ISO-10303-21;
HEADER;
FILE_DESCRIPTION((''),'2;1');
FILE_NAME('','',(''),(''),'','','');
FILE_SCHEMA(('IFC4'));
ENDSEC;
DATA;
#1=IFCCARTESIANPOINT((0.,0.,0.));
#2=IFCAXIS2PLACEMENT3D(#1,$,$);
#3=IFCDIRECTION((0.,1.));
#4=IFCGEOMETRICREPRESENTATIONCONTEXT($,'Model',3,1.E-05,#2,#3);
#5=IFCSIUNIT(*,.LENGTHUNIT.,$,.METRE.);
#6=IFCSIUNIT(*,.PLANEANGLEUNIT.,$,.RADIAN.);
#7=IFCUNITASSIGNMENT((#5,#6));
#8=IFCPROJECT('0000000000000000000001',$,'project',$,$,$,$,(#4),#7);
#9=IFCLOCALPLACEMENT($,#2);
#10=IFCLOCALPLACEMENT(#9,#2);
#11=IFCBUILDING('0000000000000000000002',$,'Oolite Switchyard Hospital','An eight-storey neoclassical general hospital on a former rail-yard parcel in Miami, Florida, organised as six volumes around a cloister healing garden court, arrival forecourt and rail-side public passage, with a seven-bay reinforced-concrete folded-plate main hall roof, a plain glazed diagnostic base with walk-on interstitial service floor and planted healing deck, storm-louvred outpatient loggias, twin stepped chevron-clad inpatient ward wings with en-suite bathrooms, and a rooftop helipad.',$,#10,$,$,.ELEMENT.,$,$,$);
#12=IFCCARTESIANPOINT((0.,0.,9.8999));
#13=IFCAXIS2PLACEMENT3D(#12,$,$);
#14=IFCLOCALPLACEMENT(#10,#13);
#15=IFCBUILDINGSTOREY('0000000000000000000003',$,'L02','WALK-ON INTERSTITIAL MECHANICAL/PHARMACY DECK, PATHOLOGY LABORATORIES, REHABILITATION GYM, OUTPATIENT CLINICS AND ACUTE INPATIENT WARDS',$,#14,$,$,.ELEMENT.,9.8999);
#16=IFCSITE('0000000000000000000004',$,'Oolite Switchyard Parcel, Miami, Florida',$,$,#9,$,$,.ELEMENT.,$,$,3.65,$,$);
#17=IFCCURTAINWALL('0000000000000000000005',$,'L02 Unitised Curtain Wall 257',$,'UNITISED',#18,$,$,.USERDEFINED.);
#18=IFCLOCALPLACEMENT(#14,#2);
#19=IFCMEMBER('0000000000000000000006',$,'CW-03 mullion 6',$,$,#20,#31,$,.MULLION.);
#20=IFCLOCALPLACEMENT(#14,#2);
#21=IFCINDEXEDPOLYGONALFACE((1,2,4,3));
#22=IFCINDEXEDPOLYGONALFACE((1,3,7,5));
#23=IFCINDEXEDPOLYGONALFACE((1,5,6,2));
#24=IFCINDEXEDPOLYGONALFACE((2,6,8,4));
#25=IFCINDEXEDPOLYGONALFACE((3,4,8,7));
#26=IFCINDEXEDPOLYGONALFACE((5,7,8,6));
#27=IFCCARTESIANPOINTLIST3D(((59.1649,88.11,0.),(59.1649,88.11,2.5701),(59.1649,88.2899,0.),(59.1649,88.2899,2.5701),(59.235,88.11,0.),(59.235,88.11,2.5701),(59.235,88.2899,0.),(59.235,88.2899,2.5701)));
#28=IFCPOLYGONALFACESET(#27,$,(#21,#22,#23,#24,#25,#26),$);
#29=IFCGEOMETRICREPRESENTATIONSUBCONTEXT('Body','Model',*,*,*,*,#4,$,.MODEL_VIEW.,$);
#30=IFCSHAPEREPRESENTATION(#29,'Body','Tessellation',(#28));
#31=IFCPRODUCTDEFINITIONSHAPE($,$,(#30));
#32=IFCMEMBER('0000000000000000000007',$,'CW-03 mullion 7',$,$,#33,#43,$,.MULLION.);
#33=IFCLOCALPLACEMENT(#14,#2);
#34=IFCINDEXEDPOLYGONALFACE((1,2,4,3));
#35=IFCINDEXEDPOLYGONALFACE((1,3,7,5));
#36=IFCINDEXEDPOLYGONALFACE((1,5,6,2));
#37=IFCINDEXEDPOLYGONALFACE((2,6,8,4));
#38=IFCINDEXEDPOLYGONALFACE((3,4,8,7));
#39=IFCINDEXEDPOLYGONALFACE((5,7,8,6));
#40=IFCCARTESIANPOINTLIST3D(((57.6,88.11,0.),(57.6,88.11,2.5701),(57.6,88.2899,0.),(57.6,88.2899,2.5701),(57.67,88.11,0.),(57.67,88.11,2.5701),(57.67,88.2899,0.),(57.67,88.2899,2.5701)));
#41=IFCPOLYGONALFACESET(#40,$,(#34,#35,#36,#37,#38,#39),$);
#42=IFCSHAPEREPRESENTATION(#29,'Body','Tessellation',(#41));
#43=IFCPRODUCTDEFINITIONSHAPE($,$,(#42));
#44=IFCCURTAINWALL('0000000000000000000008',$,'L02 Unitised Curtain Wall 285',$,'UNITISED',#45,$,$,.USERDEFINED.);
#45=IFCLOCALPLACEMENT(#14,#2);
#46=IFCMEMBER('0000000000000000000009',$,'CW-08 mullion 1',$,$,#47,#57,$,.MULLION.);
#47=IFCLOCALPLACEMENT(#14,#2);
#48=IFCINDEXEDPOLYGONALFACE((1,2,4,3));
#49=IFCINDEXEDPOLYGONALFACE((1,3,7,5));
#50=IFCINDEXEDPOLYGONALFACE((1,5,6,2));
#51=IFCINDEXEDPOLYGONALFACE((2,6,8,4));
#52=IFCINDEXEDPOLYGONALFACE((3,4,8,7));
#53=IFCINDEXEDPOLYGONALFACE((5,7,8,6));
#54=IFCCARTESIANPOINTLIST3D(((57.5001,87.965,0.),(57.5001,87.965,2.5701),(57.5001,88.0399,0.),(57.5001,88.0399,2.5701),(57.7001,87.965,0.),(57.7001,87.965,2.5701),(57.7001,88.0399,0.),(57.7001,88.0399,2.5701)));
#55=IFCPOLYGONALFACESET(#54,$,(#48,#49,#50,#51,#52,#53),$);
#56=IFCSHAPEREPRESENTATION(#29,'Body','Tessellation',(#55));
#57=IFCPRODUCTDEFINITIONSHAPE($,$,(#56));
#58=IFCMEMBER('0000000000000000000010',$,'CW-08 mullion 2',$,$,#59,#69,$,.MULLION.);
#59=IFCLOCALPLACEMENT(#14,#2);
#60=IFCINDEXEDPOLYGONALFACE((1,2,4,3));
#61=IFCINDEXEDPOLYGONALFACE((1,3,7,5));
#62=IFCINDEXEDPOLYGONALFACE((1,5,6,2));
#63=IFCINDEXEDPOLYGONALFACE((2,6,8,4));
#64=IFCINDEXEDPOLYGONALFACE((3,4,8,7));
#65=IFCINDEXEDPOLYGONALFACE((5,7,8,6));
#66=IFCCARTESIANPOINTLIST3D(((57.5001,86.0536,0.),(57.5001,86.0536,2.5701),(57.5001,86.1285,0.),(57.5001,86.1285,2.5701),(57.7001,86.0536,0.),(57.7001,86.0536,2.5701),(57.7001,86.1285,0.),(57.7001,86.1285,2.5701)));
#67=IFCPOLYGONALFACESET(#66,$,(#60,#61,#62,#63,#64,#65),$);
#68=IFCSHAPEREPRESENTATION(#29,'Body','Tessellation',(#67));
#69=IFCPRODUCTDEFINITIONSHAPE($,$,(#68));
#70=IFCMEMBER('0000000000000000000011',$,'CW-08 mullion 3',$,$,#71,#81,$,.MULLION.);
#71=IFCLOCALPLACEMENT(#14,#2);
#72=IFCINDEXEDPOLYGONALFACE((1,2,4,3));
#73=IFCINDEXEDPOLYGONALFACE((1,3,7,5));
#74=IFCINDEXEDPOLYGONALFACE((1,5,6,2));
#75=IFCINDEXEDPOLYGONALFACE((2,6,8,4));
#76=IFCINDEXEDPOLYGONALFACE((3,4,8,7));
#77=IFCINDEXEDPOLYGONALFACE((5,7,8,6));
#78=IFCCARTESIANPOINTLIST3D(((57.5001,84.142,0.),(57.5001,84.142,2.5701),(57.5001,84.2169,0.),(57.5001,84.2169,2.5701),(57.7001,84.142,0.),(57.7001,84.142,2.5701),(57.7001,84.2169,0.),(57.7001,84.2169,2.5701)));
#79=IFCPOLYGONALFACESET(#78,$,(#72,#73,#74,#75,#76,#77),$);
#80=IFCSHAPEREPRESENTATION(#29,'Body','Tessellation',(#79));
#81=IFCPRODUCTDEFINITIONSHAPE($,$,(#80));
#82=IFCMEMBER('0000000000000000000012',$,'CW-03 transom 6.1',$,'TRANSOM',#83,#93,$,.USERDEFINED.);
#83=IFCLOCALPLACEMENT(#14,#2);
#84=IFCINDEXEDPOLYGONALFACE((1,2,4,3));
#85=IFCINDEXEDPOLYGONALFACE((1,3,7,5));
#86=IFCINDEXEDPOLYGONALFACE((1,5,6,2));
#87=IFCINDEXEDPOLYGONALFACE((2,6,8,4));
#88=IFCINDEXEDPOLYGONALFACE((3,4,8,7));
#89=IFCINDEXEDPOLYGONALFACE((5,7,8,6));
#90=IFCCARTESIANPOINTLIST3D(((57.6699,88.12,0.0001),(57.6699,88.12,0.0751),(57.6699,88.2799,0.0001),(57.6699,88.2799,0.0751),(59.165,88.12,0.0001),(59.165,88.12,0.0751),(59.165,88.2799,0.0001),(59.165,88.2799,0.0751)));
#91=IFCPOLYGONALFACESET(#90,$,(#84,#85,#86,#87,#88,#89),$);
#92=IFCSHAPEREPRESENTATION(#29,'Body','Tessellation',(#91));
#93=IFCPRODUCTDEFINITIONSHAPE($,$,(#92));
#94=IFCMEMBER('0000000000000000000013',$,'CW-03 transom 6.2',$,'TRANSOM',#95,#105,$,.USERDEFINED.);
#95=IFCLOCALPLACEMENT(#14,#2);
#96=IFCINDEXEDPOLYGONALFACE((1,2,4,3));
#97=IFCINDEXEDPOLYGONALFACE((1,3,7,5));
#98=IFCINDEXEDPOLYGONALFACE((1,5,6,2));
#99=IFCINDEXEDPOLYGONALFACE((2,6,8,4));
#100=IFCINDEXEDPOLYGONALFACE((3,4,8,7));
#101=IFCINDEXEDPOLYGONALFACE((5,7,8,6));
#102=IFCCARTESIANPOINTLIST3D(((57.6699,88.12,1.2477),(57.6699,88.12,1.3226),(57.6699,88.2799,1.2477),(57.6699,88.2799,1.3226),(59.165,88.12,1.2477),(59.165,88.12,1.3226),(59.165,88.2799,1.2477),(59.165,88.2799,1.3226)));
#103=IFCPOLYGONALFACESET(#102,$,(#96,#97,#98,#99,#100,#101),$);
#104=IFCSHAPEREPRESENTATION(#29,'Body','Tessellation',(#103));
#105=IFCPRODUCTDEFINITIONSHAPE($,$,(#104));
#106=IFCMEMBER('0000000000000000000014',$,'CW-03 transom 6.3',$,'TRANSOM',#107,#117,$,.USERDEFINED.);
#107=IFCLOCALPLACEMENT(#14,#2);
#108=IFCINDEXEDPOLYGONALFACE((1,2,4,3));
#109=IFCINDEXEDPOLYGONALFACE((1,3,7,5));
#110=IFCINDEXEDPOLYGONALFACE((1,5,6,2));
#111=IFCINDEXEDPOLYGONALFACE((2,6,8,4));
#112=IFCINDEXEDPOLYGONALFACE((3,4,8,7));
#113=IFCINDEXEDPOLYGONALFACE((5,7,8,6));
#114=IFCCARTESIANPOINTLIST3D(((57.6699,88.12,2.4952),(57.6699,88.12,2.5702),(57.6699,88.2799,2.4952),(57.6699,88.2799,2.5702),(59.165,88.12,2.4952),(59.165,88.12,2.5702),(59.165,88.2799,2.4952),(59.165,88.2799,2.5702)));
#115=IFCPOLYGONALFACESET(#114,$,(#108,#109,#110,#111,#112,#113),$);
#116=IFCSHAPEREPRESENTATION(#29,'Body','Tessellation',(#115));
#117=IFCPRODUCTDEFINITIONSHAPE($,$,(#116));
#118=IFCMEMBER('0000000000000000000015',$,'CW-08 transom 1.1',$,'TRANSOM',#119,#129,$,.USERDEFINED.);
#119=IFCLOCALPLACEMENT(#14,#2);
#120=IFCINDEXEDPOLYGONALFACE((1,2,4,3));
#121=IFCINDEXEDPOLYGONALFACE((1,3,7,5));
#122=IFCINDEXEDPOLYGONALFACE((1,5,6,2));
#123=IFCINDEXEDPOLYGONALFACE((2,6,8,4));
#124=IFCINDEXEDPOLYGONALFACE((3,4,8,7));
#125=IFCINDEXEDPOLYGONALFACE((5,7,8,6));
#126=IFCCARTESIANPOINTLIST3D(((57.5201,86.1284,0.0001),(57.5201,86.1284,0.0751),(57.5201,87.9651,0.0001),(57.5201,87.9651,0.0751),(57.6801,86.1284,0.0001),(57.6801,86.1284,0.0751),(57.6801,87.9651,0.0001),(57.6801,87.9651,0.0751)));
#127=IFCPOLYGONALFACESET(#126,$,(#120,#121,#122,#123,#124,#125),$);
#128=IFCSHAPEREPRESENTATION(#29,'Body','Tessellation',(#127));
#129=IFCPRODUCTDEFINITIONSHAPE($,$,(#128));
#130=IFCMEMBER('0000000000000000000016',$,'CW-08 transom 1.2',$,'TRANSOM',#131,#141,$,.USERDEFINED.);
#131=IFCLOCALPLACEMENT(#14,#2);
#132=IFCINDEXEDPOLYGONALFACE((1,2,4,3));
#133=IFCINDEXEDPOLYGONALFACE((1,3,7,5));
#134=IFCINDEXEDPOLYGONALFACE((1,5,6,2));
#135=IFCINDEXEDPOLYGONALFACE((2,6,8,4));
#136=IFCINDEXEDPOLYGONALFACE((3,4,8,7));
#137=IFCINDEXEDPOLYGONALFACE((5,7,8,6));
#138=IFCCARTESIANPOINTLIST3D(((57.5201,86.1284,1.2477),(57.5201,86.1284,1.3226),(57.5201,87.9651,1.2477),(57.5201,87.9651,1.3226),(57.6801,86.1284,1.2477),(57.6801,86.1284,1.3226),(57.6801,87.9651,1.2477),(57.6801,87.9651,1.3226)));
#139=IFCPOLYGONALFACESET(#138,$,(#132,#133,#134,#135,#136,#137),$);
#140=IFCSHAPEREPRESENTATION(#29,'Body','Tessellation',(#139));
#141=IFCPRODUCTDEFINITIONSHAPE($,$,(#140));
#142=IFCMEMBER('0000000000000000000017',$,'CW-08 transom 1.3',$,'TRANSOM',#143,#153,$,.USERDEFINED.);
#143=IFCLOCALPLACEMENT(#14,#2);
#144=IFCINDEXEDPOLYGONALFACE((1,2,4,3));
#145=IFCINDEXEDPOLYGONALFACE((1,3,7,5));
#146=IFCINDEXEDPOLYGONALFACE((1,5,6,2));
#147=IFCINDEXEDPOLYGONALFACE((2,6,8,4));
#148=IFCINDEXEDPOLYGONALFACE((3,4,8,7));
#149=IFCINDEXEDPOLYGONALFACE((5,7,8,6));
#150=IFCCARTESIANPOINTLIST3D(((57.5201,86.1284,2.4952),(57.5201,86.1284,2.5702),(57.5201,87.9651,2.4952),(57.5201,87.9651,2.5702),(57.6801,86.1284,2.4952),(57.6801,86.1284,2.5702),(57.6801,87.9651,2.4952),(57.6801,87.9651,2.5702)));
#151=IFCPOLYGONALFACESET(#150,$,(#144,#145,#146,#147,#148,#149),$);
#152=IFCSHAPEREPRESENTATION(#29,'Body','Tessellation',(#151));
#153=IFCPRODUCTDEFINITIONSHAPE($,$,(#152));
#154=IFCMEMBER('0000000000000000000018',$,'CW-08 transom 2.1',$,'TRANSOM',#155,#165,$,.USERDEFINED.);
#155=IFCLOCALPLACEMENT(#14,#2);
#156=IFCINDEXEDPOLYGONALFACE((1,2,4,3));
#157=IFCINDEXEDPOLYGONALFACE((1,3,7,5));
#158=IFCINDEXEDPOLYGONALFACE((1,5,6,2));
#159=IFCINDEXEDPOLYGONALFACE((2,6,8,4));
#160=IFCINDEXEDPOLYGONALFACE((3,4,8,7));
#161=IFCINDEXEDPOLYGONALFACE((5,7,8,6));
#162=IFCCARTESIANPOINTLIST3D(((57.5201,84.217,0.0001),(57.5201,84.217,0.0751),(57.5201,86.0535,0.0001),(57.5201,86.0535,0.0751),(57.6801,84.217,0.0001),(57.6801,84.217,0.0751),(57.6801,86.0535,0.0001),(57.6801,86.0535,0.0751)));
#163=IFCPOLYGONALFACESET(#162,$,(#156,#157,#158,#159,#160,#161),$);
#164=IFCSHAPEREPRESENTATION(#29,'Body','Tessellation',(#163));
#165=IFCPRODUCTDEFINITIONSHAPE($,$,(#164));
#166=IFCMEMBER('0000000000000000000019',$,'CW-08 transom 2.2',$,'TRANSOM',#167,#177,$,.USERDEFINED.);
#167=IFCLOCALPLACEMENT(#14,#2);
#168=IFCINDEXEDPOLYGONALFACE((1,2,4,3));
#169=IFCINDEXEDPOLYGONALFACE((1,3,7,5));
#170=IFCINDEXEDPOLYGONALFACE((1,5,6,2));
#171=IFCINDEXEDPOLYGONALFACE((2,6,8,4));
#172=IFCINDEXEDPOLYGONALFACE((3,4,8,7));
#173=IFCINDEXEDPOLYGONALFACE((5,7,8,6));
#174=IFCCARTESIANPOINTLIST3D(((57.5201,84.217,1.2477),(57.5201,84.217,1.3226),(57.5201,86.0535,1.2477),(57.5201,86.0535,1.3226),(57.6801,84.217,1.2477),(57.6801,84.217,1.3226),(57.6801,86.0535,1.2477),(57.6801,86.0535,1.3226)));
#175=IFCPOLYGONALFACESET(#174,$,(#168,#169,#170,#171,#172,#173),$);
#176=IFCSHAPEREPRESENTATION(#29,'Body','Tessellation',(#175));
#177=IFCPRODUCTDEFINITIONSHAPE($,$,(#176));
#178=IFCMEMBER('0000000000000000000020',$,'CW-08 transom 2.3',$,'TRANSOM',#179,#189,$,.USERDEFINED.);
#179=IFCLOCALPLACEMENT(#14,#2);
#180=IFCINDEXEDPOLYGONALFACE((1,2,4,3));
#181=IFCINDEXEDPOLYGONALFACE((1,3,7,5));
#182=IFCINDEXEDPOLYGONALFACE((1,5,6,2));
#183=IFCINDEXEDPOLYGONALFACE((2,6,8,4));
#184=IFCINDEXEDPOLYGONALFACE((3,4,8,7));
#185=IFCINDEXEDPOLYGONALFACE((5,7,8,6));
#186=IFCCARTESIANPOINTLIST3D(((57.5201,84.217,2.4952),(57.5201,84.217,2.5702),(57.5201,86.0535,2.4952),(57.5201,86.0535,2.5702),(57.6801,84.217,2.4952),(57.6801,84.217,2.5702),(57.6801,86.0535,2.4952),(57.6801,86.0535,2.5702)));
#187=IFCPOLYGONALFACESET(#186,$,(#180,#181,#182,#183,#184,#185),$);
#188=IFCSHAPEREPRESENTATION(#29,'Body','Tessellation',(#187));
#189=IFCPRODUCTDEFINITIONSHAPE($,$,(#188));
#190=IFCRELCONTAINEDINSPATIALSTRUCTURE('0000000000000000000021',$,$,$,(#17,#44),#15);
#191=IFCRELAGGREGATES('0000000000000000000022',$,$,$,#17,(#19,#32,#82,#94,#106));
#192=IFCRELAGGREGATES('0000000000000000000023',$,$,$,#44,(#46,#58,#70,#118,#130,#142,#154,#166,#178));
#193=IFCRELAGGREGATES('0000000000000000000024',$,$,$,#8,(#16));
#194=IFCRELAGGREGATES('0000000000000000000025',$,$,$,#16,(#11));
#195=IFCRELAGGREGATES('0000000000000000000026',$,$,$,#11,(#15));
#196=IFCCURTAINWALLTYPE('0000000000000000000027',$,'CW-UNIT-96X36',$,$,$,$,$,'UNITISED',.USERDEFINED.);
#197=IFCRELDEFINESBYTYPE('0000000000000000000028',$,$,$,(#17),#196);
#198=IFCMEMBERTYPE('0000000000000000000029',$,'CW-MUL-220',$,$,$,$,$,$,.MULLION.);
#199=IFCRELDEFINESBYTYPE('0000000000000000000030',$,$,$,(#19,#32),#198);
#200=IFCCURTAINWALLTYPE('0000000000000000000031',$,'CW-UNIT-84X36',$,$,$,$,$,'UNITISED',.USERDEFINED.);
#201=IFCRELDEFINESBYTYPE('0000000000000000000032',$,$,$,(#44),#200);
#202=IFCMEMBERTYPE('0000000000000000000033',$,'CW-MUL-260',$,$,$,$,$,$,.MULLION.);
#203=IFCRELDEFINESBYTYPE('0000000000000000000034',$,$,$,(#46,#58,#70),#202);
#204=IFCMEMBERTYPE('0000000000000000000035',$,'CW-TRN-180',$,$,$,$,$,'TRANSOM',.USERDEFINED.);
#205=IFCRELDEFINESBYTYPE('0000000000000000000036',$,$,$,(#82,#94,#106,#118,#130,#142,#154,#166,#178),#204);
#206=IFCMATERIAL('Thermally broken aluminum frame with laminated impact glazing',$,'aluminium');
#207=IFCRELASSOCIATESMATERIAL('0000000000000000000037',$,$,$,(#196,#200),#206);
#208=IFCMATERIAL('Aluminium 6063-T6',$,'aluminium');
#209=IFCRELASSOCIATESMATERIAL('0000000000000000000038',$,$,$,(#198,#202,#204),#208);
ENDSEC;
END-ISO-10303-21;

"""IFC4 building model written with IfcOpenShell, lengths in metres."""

from ifc_helpers import new_model, si_unit, direction, frame, origin, origin_2d, place, context, subcontext, project, spatial, rectangle, extrude, material, material_profile, profile_set, type_object, element, aggregate, save


model = new_model("IFC4")

# Units and contexts
model_context = context("Model", 3, precision=1e-05, world=origin(), true_north=direction((0.0, 1.0)))
body_context = subcontext(model_context, "Body", "Model", "MODEL_VIEW")
ifc_project = project(units=[si_unit("LENGTHUNIT", "METRE"), si_unit("PLANEANGLEUNIT", "RADIAN")], contexts=[model_context])

# Site, building, storey
site_placement = place(None, origin())
site = spatial("IfcSite", under=ifc_project, at=site_placement, Name="Oolite Switchyard Parcel, Miami, Florida", CompositionType="ELEMENT", RefElevation=3.65)
building_placement = place(site_placement, origin())
building = spatial("IfcBuilding", under=site, at=building_placement, Name="Oolite Switchyard Hospital", Description="An eight-storey neoclassical general hospital on a former rail-yard parcel in Miami, Florida, organised as six volumes around a cloister healing garden court, arrival forecourt and rail-side public passage, with a seven-bay reinforced-concrete folded-plate main hall roof, a plain glazed diagnostic base with walk-on interstitial service floor and planted healing deck, storm-louvred outpatient loggias, twin stepped chevron-clad inpatient ward wings with en-suite bathrooms, and a rooftop helipad.", CompositionType="ELEMENT")
storey_placement = place(building_placement, frame((0.0, 0.0, 9.8999)))
storey = spatial("IfcBuildingStorey", under=building, at=storey_placement, Name="L02", Description="WALK-ON INTERSTITIAL MECHANICAL/PHARMACY DECK, PATHOLOGY LABORATORIES, REHABILITATION GYM, OUTPATIENT CLINICS AND ACUTE INPATIENT WARDS", CompositionType="ELEMENT", Elevation=9.8999)

# Curtain walls, members
ifc_material_1 = material(Name="Thermally broken aluminum frame with laminated impact glazing", Category="aluminium")
curtain_wall_type_1 = type_object("IfcCurtainWallType", Name="CW-UNIT-96X36", ElementType="UNITISED", PredefinedType="USERDEFINED", material=ifc_material_1)
curtain_wall_1_placement = place(storey_placement, origin())
curtain_wall_1 = element("IfcCurtainWall", 1, at=curtain_wall_1_placement, inside=storey, type_object=curtain_wall_type_1, Name="L02 Unitised Curtain Wall 257", ObjectType="UNITISED", PredefinedType="USERDEFINED")
ifc_material_2 = material(Name="Aluminium 6063-T6", Category="aluminium")
ifc_material_profile_1 = material_profile(ifc_material_2, rectangle(XDim=0.1799, YDim=0.0701, at=origin_2d()), Name="CWM70X180")
ifc_profile_set_1 = profile_set([ifc_material_profile_1], Name="Aluminium 6063-T6")
member_type_1 = type_object("IfcMemberType", Name="CW-MUL-220", PredefinedType="MULLION", material=ifc_profile_set_1)
member_1_placement = place(storey_placement, frame((59.2, 88.2, 0.0), z_axis=(0.0, 0.0, 1.0), x_axis=(0.0, -1.0, 0.0)))
member_1 = element("IfcMember", 2, at=member_1_placement, type_object=member_type_1, Name="CW-03 mullion 6", PredefinedType="MULLION", context=body_context, shape_type="SweptSolid", body=[
    extrude(rectangle(XDim=0.1799, YDim=0.0701, at=origin_2d()), origin(), (0.0, 0.0, 1.0), 2.5701),
])
member_2_placement = place(storey_placement, frame((57.635, 88.2, 0.0), z_axis=(0.0, 0.0, 1.0), x_axis=(0.0, -1.0, 0.0)))
member_2 = element("IfcMember", 3, at=member_2_placement, type_object=member_type_1, Name="CW-03 mullion 7", PredefinedType="MULLION", context=body_context, shape_type="SweptSolid", body=[
    extrude(rectangle(XDim=0.1799, YDim=0.0701, at=origin_2d()), origin(), (0.0, 0.0, 1.0), 2.5701),
])
curtain_wall_type_2 = type_object("IfcCurtainWallType", Name="CW-UNIT-84X36", ElementType="UNITISED", PredefinedType="USERDEFINED", material=ifc_material_1)
curtain_wall_2_placement = place(storey_placement, origin())
curtain_wall_2 = element("IfcCurtainWall", 4, at=curtain_wall_2_placement, inside=storey, type_object=curtain_wall_type_2, Name="L02 Unitised Curtain Wall 285", ObjectType="UNITISED", PredefinedType="USERDEFINED")
ifc_material_profile_2 = material_profile(ifc_material_2, rectangle(XDim=0.2, YDim=0.075, at=origin_2d()), Name="CWM75X200")
ifc_profile_set_2 = profile_set([ifc_material_profile_2], Name="Aluminium 6063-T6")
member_type_2 = type_object("IfcMemberType", Name="CW-MUL-260", PredefinedType="MULLION", material=ifc_profile_set_2)
member_3_placement = place(storey_placement, frame((57.6001, 88.0024, 0.0), z_axis=(0.0, 0.0, 1.0), x_axis=(1.0, 0.0, 0.0)))
member_3 = element("IfcMember", 5, at=member_3_placement, type_object=member_type_2, Name="CW-08 mullion 1", PredefinedType="MULLION", context=body_context, shape_type="SweptSolid", body=[
    extrude(rectangle(XDim=0.2, YDim=0.075, at=origin_2d()), origin(), (0.0, 0.0, 1.0), 2.5701),
])
member_4_placement = place(storey_placement, frame((57.6001, 86.0911, 0.0), z_axis=(0.0, 0.0, 1.0), x_axis=(1.0, 0.0, 0.0)))
member_4 = element("IfcMember", 6, at=member_4_placement, type_object=member_type_2, Name="CW-08 mullion 2", PredefinedType="MULLION", context=body_context, shape_type="SweptSolid", body=[
    extrude(rectangle(XDim=0.2, YDim=0.075, at=origin_2d()), origin(), (0.0, 0.0, 1.0), 2.5701),
])
member_5_placement = place(storey_placement, frame((57.6001, 84.1794, 0.0), z_axis=(0.0, 0.0, 1.0), x_axis=(1.0, 0.0, 0.0)))
member_5 = element("IfcMember", 7, at=member_5_placement, type_object=member_type_2, Name="CW-08 mullion 3", PredefinedType="MULLION", context=body_context, shape_type="SweptSolid", body=[
    extrude(rectangle(XDim=0.2, YDim=0.075, at=origin_2d()), origin(), (0.0, 0.0, 1.0), 2.5701),
])

# Members
ifc_material_profile_3 = material_profile(ifc_material_2, rectangle(XDim=0.1599, YDim=0.075, at=origin_2d()), Name="CWT75X160")
ifc_profile_set_3 = profile_set([ifc_material_profile_3], Name="Aluminium 6063-T6")
member_type_3 = type_object("IfcMemberType", Name="CW-TRN-180", ElementType="TRANSOM", PredefinedType="USERDEFINED", material=ifc_profile_set_3)
member_6_placement = place(storey_placement, frame((59.165, 88.2, 0.0376), z_axis=(-1.0, 0.0, 0.0), x_axis=(0.0, -1.0, 0.0)))
member_6 = element("IfcMember", 8, at=member_6_placement, type_object=member_type_3, Name="CW-03 transom 6.1", ObjectType="TRANSOM", PredefinedType="USERDEFINED", context=body_context, shape_type="SweptSolid", body=[
    extrude(rectangle(XDim=0.1599, YDim=0.075, at=origin_2d()), origin(), (0.0, 0.0, 1.0), 1.4951),
])
member_7_placement = place(storey_placement, frame((59.165, 88.2, 1.2852), z_axis=(-1.0, 0.0, 0.0), x_axis=(0.0, -1.0, 0.0)))
member_7 = element("IfcMember", 9, at=member_7_placement, type_object=member_type_3, Name="CW-03 transom 6.2", ObjectType="TRANSOM", PredefinedType="USERDEFINED", context=body_context, shape_type="SweptSolid", body=[
    extrude(rectangle(XDim=0.1599, YDim=0.075, at=origin_2d()), origin(), (0.0, 0.0, 1.0), 1.4951),
])
member_8_placement = place(storey_placement, frame((59.165, 88.2, 2.5327), z_axis=(-1.0, 0.0, 0.0), x_axis=(0.0, -1.0, 0.0)))
member_8 = element("IfcMember", 10, at=member_8_placement, type_object=member_type_3, Name="CW-03 transom 6.3", ObjectType="TRANSOM", PredefinedType="USERDEFINED", context=body_context, shape_type="SweptSolid", body=[
    extrude(rectangle(XDim=0.1599, YDim=0.075, at=origin_2d()), origin(), (0.0, 0.0, 1.0), 1.4951),
])
member_9_placement = place(storey_placement, frame((57.6001, 87.9651, 0.0376), z_axis=(0.0, -1.0, 0.0), x_axis=(1.0, 0.0, 0.0)))
member_9 = element("IfcMember", 11, at=member_9_placement, type_object=member_type_3, Name="CW-08 transom 1.1", ObjectType="TRANSOM", PredefinedType="USERDEFINED", context=body_context, shape_type="SweptSolid", body=[
    extrude(rectangle(XDim=0.1599, YDim=0.075, at=origin_2d()), origin(), (0.0, 0.0, 1.0), 1.8367),
])
member_10_placement = place(storey_placement, frame((57.6001, 87.9651, 1.2852), z_axis=(0.0, -1.0, 0.0), x_axis=(1.0, 0.0, 0.0)))
member_10 = element("IfcMember", 12, at=member_10_placement, type_object=member_type_3, Name="CW-08 transom 1.2", ObjectType="TRANSOM", PredefinedType="USERDEFINED", context=body_context, shape_type="SweptSolid", body=[
    extrude(rectangle(XDim=0.1599, YDim=0.075, at=origin_2d()), origin(), (0.0, 0.0, 1.0), 1.8367),
])
member_11_placement = place(storey_placement, frame((57.6001, 87.9651, 2.5327), z_axis=(0.0, -1.0, 0.0), x_axis=(1.0, 0.0, 0.0)))
member_11 = element("IfcMember", 13, at=member_11_placement, type_object=member_type_3, Name="CW-08 transom 1.3", ObjectType="TRANSOM", PredefinedType="USERDEFINED", context=body_context, shape_type="SweptSolid", body=[
    extrude(rectangle(XDim=0.1599, YDim=0.075, at=origin_2d()), origin(), (0.0, 0.0, 1.0), 1.8367),
])
member_12_placement = place(storey_placement, frame((57.6001, 86.0535, 0.0376), z_axis=(0.0, -1.0, 0.0), x_axis=(1.0, 0.0, 0.0)))
member_12 = element("IfcMember", 14, at=member_12_placement, type_object=member_type_3, Name="CW-08 transom 2.1", ObjectType="TRANSOM", PredefinedType="USERDEFINED", context=body_context, shape_type="SweptSolid", body=[
    extrude(rectangle(XDim=0.1599, YDim=0.075, at=origin_2d()), origin(), (0.0, 0.0, 1.0), 1.8364),
])
member_13_placement = place(storey_placement, frame((57.6001, 86.0535, 1.2852), z_axis=(0.0, -1.0, 0.0), x_axis=(1.0, 0.0, 0.0)))
member_13 = element("IfcMember", 15, at=member_13_placement, type_object=member_type_3, Name="CW-08 transom 2.2", ObjectType="TRANSOM", PredefinedType="USERDEFINED", context=body_context, shape_type="SweptSolid", body=[
    extrude(rectangle(XDim=0.1599, YDim=0.075, at=origin_2d()), origin(), (0.0, 0.0, 1.0), 1.8364),
])
member_14_placement = place(storey_placement, frame((57.6001, 86.0535, 2.5327), z_axis=(0.0, -1.0, 0.0), x_axis=(1.0, 0.0, 0.0)))
member_14 = element("IfcMember", 16, at=member_14_placement, type_object=member_type_3, Name="CW-08 transom 2.3", ObjectType="TRANSOM", PredefinedType="USERDEFINED", context=body_context, shape_type="SweptSolid", body=[
    extrude(rectangle(XDim=0.1599, YDim=0.075, at=origin_2d()), origin(), (0.0, 0.0, 1.0), 1.8364),
])

aggregate(curtain_wall_1, [member_1, member_2, member_6, member_7, member_8])
aggregate(curtain_wall_2, [member_3, member_4, member_5, member_9, member_10, member_11, member_12, member_13, member_14])

save(model, "model.ifc")
